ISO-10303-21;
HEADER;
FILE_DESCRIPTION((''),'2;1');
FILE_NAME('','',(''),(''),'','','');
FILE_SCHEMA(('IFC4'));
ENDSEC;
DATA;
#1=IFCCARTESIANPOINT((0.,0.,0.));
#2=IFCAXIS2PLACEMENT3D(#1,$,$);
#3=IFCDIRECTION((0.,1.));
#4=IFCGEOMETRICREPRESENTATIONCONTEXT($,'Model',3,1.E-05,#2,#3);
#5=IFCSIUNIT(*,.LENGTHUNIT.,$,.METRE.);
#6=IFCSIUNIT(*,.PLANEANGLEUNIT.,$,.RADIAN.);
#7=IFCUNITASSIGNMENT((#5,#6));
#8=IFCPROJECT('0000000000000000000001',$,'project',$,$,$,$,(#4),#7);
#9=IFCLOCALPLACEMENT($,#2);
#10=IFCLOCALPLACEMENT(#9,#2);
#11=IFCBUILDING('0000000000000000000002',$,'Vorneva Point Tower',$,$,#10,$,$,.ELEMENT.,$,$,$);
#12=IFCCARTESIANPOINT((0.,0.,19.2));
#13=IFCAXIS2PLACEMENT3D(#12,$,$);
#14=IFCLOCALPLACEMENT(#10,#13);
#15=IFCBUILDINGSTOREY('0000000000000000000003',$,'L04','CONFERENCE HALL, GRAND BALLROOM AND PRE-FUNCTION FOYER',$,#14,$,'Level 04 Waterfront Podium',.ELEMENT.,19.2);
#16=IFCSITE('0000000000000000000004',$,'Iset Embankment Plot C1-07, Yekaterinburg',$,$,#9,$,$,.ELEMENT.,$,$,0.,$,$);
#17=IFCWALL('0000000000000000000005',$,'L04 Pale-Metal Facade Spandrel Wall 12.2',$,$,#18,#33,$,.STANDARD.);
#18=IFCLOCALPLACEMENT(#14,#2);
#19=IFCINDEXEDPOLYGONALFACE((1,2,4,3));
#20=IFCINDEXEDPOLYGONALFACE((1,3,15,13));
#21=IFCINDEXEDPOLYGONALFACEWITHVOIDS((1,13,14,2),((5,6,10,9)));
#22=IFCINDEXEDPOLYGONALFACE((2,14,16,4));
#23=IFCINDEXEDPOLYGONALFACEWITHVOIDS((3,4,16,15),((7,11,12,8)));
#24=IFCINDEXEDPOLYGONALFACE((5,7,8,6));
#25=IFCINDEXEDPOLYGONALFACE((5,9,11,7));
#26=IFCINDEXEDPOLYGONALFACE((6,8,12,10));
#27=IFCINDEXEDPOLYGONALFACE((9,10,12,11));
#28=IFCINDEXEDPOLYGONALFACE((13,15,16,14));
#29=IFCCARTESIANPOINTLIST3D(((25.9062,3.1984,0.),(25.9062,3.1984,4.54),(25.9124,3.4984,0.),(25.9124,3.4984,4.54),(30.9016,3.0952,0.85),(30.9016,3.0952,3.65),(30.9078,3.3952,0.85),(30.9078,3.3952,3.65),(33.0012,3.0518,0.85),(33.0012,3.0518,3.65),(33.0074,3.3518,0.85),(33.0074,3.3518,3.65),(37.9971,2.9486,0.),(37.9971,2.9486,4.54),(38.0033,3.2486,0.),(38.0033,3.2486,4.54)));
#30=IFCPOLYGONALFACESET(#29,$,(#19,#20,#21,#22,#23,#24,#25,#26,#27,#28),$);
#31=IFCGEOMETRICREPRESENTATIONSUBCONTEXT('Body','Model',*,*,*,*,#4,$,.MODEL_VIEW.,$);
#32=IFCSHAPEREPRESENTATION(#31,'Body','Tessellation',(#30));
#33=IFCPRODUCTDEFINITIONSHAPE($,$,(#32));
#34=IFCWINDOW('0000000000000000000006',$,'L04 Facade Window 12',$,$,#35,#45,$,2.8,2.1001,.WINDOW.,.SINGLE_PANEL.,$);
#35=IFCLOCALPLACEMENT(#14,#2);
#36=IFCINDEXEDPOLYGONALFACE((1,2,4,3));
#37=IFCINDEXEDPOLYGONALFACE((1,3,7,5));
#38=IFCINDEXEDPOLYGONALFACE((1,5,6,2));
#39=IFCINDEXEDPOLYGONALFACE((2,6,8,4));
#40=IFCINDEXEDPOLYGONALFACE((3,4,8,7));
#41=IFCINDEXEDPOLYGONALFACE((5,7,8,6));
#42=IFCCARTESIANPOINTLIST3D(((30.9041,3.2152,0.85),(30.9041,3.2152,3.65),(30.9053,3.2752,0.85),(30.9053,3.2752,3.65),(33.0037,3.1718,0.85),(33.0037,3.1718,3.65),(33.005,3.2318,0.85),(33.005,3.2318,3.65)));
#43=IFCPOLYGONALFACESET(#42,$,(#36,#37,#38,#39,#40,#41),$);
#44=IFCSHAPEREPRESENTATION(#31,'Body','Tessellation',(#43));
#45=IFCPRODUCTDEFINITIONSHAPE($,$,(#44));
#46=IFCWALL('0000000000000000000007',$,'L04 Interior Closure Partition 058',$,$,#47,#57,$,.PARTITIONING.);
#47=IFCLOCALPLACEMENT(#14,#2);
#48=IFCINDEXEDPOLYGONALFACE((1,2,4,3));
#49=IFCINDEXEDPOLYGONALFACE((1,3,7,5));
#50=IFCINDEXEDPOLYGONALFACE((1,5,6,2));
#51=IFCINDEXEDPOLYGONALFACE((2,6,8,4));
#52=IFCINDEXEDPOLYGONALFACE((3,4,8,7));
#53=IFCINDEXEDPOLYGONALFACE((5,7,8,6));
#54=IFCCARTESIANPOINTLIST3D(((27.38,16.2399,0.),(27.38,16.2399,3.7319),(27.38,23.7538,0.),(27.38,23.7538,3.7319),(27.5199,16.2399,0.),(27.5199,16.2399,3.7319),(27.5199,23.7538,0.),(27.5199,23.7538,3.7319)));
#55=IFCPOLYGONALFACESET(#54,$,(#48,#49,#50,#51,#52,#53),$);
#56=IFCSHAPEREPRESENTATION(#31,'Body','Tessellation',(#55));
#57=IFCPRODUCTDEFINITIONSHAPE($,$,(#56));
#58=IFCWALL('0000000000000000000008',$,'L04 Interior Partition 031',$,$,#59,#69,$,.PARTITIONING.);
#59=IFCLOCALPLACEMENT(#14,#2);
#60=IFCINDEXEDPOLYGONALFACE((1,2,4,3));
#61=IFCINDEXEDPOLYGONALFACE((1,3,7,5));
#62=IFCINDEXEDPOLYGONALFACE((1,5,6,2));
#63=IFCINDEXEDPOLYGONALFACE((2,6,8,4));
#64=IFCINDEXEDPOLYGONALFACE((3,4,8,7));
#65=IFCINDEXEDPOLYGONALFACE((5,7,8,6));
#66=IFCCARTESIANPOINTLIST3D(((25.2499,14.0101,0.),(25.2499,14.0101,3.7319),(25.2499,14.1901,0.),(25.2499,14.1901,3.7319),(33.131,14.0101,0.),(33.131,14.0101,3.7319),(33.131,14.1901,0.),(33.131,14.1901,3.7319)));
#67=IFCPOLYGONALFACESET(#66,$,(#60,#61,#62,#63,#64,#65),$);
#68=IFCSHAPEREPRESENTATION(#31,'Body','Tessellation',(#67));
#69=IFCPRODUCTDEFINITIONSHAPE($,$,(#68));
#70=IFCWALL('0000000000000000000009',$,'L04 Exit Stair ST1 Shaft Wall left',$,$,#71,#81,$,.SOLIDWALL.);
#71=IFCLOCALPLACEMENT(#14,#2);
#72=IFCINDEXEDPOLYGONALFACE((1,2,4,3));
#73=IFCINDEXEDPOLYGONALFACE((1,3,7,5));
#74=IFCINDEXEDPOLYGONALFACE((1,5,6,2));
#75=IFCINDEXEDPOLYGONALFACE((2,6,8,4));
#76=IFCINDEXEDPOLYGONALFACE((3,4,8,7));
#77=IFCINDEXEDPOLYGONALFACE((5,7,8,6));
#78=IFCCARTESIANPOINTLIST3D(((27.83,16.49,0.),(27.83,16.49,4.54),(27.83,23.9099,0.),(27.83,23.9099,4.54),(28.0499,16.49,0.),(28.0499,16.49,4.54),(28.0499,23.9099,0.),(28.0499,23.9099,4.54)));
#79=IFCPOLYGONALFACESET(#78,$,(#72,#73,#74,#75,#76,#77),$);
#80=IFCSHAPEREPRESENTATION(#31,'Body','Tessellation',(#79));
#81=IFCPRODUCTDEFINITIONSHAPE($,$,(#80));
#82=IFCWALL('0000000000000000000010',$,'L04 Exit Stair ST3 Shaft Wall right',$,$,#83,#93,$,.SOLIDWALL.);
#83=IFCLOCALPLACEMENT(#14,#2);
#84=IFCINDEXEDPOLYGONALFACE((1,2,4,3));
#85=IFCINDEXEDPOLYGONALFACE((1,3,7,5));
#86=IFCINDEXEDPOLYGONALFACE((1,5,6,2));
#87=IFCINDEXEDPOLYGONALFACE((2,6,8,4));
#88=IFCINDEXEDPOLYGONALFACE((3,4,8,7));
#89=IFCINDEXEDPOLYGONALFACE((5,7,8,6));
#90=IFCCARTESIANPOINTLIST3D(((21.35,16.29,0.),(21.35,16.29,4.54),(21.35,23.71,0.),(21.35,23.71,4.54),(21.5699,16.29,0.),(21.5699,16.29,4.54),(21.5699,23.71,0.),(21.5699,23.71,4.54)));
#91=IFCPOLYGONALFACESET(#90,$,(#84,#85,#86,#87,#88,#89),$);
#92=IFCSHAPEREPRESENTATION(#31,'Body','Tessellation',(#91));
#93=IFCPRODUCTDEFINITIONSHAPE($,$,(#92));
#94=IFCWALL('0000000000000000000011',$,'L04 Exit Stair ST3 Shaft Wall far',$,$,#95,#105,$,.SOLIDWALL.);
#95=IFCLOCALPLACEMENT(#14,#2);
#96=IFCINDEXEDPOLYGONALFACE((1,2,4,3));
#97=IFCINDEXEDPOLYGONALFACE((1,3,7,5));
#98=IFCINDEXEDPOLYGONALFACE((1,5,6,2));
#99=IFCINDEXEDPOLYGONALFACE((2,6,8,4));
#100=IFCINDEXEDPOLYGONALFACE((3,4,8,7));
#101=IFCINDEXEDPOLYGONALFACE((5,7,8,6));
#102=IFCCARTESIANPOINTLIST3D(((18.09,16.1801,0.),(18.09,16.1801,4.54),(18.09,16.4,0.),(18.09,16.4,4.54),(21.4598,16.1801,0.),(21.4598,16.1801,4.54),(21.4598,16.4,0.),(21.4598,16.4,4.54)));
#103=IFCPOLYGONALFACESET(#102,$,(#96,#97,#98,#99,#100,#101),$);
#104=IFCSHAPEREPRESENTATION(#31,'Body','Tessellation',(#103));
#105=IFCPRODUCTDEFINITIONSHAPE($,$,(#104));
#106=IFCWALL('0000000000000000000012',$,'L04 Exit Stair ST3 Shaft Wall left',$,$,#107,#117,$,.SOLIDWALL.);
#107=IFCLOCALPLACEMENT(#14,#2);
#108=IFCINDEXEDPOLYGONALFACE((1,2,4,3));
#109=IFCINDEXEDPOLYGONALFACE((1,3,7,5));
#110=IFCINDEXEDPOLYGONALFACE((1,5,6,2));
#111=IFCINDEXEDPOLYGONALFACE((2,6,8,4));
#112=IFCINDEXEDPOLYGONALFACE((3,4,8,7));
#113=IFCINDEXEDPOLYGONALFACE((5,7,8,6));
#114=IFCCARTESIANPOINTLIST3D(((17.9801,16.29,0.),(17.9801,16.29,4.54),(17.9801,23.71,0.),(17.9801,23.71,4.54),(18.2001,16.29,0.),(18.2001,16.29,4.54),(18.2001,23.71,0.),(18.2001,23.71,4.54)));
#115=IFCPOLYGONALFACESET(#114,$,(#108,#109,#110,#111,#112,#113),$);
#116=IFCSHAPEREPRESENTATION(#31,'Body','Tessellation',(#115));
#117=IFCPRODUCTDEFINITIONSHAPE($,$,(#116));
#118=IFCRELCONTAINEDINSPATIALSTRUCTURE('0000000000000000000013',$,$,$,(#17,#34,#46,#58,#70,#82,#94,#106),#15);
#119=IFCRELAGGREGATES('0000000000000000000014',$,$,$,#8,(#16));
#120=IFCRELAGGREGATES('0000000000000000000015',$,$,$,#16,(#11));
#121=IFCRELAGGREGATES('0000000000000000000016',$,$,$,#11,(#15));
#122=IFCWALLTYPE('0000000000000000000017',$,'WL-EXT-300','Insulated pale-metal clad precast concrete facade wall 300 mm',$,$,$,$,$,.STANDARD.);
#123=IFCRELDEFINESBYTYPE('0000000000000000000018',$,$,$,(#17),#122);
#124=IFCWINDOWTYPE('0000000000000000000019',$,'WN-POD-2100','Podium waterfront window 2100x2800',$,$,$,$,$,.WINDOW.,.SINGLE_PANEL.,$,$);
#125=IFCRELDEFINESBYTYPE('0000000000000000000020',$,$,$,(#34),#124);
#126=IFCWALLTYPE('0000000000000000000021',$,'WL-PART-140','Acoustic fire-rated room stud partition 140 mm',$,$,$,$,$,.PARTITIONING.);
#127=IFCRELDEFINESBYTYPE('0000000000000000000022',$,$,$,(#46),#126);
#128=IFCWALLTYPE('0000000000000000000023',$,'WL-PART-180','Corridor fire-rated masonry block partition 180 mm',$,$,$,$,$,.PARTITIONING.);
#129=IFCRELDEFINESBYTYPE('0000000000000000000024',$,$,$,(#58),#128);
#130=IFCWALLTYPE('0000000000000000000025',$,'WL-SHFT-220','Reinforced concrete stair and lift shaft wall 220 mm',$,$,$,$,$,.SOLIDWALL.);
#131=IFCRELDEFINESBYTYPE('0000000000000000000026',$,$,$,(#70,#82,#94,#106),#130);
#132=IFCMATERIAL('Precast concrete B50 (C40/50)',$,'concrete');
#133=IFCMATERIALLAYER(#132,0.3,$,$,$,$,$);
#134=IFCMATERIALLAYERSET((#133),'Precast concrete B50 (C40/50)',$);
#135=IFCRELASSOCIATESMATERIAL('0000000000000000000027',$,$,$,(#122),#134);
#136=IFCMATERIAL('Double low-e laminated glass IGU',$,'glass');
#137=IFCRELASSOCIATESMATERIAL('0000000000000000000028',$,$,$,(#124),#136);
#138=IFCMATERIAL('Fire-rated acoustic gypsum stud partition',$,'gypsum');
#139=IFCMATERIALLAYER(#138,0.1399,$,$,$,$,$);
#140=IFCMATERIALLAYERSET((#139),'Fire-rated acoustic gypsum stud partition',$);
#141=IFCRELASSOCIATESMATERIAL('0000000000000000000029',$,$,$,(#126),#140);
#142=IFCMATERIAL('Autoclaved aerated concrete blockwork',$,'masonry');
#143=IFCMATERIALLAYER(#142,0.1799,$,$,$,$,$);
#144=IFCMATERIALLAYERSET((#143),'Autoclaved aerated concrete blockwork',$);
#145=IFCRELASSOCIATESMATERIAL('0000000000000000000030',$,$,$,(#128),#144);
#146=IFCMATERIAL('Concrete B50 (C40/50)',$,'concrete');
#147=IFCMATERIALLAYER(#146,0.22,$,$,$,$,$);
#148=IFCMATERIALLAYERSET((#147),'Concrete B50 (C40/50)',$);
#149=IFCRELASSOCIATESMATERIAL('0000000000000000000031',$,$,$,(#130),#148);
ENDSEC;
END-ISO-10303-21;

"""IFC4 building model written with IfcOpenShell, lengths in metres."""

from ifc_helpers import new_model, si_unit, direction, frame, frame_2d, origin, place, context, subcontext, project, spatial, rectangle, extrude, material, layer, layer_set, type_object, element, fill, save


model = new_model("IFC4")

# Units and contexts
model_context = context("Model", 3, precision=1e-05, world=origin(), true_north=direction((0.0, 1.0)))
body_context = subcontext(model_context, "Body", "Model", "MODEL_VIEW")
ifc_project = project(units=[si_unit("LENGTHUNIT", "METRE"), si_unit("PLANEANGLEUNIT", "RADIAN")], contexts=[model_context])

# Site, building, storey
site_placement = place(None, origin())
site = spatial("IfcSite", under=ifc_project, at=site_placement, Name="Iset Embankment Plot C1-07, Yekaterinburg", CompositionType="ELEMENT", RefElevation=0.0)
building_placement = place(site_placement, origin())
building = spatial("IfcBuilding", under=site, at=building_placement, Name="Vorneva Point Tower", CompositionType="ELEMENT")
storey_placement = place(building_placement, frame((0.0, 0.0, 19.2)))
storey = spatial("IfcBuildingStorey", under=building, at=storey_placement, Name="L04", Description="CONFERENCE HALL, GRAND BALLROOM AND PRE-FUNCTION FOYER", LongName="Level 04 Waterfront Podium", CompositionType="ELEMENT", Elevation=19.2)

# Shared definitions
ifc_material_1 = material(Name="Precast concrete B50 (C40/50)", Category="concrete")
ifc_layer_1 = layer(ifc_material_1, 0.3)
ifc_layer_set_1 = layer_set([ifc_layer_1], Name="Precast concrete B50 (C40/50)")
wall_type_1 = type_object("IfcWallType", Name="WL-EXT-300", Description="Insulated pale-metal clad precast concrete facade wall 300 mm", PredefinedType="STANDARD", material=ifc_layer_set_1)

# Wall, opening, window
wall_1_placement = place(storey_placement, frame((25.9092, 3.3484, 0.0), z_axis=(0.0, 0.0, 1.0), x_axis=(0.999787, -0.020652, 0.0)))
wall_1 = element("IfcWall", 1, at=wall_1_placement, inside=storey, type_object=wall_type_1, Name="L04 Pale-Metal Facade Spandrel Wall 12.2", PredefinedType="STANDARD", context=body_context, shape_type="SweptSolid", body=[
    extrude(rectangle(XDim=12.0935, YDim=0.3, at=frame_2d((6.0469, 0.0))), origin(), (0.0, 0.0, 1.0), 4.54),
])
opening_1_placement = place(wall_1_placement, frame((4.9966, 0.0, 0.8501)))
opening_1 = element("IfcOpeningElement", 2, at=opening_1_placement, cuts=wall_1, PredefinedType="OPENING", context=body_context, shape_type="SweptSolid", body=[
    extrude(rectangle(XDim=2.1001, YDim=2.8, at=frame_2d((1.05, 1.3999))), frame((0.0, 0.165, 0.0), z_axis=(0.0, -1.0, 0.0), x_axis=(1.0, 0.0, 0.0)), (0.0, 0.0, 1.0), 0.3298),
])
ifc_material_2 = material(Name="Double low-e laminated glass IGU", Category="glass")
window_type = type_object("IfcWindowType", Name="WN-POD-2100", Description="Podium waterfront window 2100x2800", PartitioningType="SINGLE_PANEL", PredefinedType="WINDOW", material=ifc_material_2)
window_placement = place(opening_1_placement, origin())
window = element("IfcWindow", 3, at=window_placement, inside=storey, type_object=window_type, Name="L04 Facade Window 12", OverallHeight=2.8, OverallWidth=2.1001, PartitioningType="SINGLE_PANEL", PredefinedType="WINDOW", context=body_context, shape_type="SweptSolid", body=[
    extrude(rectangle(XDim=2.1001, YDim=2.8, at=frame_2d((1.05, 1.3999))), frame((0.0, 0.03, 0.0), z_axis=(0.0, -1.0, 0.0), x_axis=(1.0, 0.0, 0.0)), (0.0, 0.0, 1.0), 0.0601),
])
fill(opening_1, window)

# Walls
ifc_material_3 = material(Name="Fire-rated acoustic gypsum stud partition", Category="gypsum")
ifc_layer_2 = layer(ifc_material_3, 0.1399)
ifc_layer_set_2 = layer_set([ifc_layer_2], Name="Fire-rated acoustic gypsum stud partition")
wall_type_2 = type_object("IfcWallType", Name="WL-PART-140", Description="Acoustic fire-rated room stud partition 140 mm", PredefinedType="PARTITIONING", material=ifc_layer_set_2)
wall_2_placement = place(storey_placement, frame((27.45, 16.24, 0.0), z_axis=(0.0, 0.0, 1.0), x_axis=(0.0, 1.0, 0.0)))
element("IfcWall", 4, at=wall_2_placement, inside=storey, type_object=wall_type_2, Name="L04 Interior Closure Partition 058", PredefinedType="PARTITIONING", context=body_context, shape_type="SweptSolid", body=[
    extrude(rectangle(XDim=7.5139, YDim=0.1399, at=frame_2d((3.7568, 0.0))), origin(), (0.0, 0.0, 1.0), 3.7319),
])
ifc_material_4 = material(Name="Autoclaved aerated concrete blockwork", Category="masonry")
ifc_layer_3 = layer(ifc_material_4, 0.1799)
ifc_layer_set_3 = layer_set([ifc_layer_3], Name="Autoclaved aerated concrete blockwork")
wall_type_3 = type_object("IfcWallType", Name="WL-PART-180", Description="Corridor fire-rated masonry block partition 180 mm", PredefinedType="PARTITIONING", material=ifc_layer_set_3)
wall_3_placement = place(storey_placement, frame((25.25, 14.1001, 0.0), z_axis=(0.0, 0.0, 1.0), x_axis=(1.0, 0.0, 0.0)))
element("IfcWall", 5, at=wall_3_placement, inside=storey, type_object=wall_type_3, Name="L04 Interior Partition 031", PredefinedType="PARTITIONING", context=body_context, shape_type="SweptSolid", body=[
    extrude(rectangle(XDim=7.8811, YDim=0.1799, at=frame_2d((3.9404, 0.0))), origin(), (0.0, 0.0, 1.0), 3.7319),
])

# Shared definitions
ifc_material_5 = material(Name="Concrete B50 (C40/50)", Category="concrete")
ifc_layer_4 = layer(ifc_material_5, 0.22)
ifc_layer_set_4 = layer_set([ifc_layer_4], Name="Concrete B50 (C40/50)")
wall_type_4 = type_object("IfcWallType", Name="WL-SHFT-220", Description="Reinforced concrete stair and lift shaft wall 220 mm", PredefinedType="SOLIDWALL", material=ifc_layer_set_4)

# Wall
wall_4_placement = place(storey_placement, frame((27.9399, 16.49, 0.0), z_axis=(0.0, 0.0, 1.0), x_axis=(0.0, 1.0, 0.0)))
element("IfcWall", 6, at=wall_4_placement, inside=storey, type_object=wall_type_4, Name="L04 Exit Stair ST1 Shaft Wall left", PredefinedType="SOLIDWALL", context=body_context, shape_type="SweptSolid", body=[
    extrude(rectangle(XDim=7.4199, YDim=0.22, at=frame_2d((3.71, 0.0))), origin(), (0.0, 0.0, 1.0), 4.54),
])

# Walls
wall_5_placement = place(storey_placement, frame((21.46, 23.71, 0.0), z_axis=(0.0, 0.0, 1.0), x_axis=(0.0, -1.0, 0.0)))
element("IfcWall", 7, at=wall_5_placement, inside=storey, type_object=wall_type_4, Name="L04 Exit Stair ST3 Shaft Wall right", PredefinedType="SOLIDWALL", context=body_context, shape_type="SweptSolid", body=[
    extrude(rectangle(XDim=7.4199, YDim=0.22, at=frame_2d((3.71, 0.0))), origin(), (0.0, 0.0, 1.0), 4.54),
])
wall_6_placement = place(storey_placement, frame((21.46, 16.29, 0.0), z_axis=(0.0, 0.0, 1.0), x_axis=(-1.0, 0.0, 0.0)))
element("IfcWall", 8, at=wall_6_placement, inside=storey, type_object=wall_type_4, Name="L04 Exit Stair ST3 Shaft Wall far", PredefinedType="SOLIDWALL", context=body_context, shape_type="SweptSolid", body=[
    extrude(rectangle(XDim=3.3699, YDim=0.22, at=frame_2d((1.6851, 0.0))), origin(), (0.0, 0.0, 1.0), 4.54),
])
wall_7_placement = place(storey_placement, frame((18.0901, 16.29, 0.0), z_axis=(0.0, 0.0, 1.0), x_axis=(0.0, 1.0, 0.0)))
element("IfcWall", 9, at=wall_7_placement, inside=storey, type_object=wall_type_4, Name="L04 Exit Stair ST3 Shaft Wall left", PredefinedType="SOLIDWALL", context=body_context, shape_type="SweptSolid", body=[
    extrude(rectangle(XDim=7.4199, YDim=0.22, at=frame_2d((3.71, 0.0))), origin(), (0.0, 0.0, 1.0), 4.54),
])

save(model, "model.ifc")
